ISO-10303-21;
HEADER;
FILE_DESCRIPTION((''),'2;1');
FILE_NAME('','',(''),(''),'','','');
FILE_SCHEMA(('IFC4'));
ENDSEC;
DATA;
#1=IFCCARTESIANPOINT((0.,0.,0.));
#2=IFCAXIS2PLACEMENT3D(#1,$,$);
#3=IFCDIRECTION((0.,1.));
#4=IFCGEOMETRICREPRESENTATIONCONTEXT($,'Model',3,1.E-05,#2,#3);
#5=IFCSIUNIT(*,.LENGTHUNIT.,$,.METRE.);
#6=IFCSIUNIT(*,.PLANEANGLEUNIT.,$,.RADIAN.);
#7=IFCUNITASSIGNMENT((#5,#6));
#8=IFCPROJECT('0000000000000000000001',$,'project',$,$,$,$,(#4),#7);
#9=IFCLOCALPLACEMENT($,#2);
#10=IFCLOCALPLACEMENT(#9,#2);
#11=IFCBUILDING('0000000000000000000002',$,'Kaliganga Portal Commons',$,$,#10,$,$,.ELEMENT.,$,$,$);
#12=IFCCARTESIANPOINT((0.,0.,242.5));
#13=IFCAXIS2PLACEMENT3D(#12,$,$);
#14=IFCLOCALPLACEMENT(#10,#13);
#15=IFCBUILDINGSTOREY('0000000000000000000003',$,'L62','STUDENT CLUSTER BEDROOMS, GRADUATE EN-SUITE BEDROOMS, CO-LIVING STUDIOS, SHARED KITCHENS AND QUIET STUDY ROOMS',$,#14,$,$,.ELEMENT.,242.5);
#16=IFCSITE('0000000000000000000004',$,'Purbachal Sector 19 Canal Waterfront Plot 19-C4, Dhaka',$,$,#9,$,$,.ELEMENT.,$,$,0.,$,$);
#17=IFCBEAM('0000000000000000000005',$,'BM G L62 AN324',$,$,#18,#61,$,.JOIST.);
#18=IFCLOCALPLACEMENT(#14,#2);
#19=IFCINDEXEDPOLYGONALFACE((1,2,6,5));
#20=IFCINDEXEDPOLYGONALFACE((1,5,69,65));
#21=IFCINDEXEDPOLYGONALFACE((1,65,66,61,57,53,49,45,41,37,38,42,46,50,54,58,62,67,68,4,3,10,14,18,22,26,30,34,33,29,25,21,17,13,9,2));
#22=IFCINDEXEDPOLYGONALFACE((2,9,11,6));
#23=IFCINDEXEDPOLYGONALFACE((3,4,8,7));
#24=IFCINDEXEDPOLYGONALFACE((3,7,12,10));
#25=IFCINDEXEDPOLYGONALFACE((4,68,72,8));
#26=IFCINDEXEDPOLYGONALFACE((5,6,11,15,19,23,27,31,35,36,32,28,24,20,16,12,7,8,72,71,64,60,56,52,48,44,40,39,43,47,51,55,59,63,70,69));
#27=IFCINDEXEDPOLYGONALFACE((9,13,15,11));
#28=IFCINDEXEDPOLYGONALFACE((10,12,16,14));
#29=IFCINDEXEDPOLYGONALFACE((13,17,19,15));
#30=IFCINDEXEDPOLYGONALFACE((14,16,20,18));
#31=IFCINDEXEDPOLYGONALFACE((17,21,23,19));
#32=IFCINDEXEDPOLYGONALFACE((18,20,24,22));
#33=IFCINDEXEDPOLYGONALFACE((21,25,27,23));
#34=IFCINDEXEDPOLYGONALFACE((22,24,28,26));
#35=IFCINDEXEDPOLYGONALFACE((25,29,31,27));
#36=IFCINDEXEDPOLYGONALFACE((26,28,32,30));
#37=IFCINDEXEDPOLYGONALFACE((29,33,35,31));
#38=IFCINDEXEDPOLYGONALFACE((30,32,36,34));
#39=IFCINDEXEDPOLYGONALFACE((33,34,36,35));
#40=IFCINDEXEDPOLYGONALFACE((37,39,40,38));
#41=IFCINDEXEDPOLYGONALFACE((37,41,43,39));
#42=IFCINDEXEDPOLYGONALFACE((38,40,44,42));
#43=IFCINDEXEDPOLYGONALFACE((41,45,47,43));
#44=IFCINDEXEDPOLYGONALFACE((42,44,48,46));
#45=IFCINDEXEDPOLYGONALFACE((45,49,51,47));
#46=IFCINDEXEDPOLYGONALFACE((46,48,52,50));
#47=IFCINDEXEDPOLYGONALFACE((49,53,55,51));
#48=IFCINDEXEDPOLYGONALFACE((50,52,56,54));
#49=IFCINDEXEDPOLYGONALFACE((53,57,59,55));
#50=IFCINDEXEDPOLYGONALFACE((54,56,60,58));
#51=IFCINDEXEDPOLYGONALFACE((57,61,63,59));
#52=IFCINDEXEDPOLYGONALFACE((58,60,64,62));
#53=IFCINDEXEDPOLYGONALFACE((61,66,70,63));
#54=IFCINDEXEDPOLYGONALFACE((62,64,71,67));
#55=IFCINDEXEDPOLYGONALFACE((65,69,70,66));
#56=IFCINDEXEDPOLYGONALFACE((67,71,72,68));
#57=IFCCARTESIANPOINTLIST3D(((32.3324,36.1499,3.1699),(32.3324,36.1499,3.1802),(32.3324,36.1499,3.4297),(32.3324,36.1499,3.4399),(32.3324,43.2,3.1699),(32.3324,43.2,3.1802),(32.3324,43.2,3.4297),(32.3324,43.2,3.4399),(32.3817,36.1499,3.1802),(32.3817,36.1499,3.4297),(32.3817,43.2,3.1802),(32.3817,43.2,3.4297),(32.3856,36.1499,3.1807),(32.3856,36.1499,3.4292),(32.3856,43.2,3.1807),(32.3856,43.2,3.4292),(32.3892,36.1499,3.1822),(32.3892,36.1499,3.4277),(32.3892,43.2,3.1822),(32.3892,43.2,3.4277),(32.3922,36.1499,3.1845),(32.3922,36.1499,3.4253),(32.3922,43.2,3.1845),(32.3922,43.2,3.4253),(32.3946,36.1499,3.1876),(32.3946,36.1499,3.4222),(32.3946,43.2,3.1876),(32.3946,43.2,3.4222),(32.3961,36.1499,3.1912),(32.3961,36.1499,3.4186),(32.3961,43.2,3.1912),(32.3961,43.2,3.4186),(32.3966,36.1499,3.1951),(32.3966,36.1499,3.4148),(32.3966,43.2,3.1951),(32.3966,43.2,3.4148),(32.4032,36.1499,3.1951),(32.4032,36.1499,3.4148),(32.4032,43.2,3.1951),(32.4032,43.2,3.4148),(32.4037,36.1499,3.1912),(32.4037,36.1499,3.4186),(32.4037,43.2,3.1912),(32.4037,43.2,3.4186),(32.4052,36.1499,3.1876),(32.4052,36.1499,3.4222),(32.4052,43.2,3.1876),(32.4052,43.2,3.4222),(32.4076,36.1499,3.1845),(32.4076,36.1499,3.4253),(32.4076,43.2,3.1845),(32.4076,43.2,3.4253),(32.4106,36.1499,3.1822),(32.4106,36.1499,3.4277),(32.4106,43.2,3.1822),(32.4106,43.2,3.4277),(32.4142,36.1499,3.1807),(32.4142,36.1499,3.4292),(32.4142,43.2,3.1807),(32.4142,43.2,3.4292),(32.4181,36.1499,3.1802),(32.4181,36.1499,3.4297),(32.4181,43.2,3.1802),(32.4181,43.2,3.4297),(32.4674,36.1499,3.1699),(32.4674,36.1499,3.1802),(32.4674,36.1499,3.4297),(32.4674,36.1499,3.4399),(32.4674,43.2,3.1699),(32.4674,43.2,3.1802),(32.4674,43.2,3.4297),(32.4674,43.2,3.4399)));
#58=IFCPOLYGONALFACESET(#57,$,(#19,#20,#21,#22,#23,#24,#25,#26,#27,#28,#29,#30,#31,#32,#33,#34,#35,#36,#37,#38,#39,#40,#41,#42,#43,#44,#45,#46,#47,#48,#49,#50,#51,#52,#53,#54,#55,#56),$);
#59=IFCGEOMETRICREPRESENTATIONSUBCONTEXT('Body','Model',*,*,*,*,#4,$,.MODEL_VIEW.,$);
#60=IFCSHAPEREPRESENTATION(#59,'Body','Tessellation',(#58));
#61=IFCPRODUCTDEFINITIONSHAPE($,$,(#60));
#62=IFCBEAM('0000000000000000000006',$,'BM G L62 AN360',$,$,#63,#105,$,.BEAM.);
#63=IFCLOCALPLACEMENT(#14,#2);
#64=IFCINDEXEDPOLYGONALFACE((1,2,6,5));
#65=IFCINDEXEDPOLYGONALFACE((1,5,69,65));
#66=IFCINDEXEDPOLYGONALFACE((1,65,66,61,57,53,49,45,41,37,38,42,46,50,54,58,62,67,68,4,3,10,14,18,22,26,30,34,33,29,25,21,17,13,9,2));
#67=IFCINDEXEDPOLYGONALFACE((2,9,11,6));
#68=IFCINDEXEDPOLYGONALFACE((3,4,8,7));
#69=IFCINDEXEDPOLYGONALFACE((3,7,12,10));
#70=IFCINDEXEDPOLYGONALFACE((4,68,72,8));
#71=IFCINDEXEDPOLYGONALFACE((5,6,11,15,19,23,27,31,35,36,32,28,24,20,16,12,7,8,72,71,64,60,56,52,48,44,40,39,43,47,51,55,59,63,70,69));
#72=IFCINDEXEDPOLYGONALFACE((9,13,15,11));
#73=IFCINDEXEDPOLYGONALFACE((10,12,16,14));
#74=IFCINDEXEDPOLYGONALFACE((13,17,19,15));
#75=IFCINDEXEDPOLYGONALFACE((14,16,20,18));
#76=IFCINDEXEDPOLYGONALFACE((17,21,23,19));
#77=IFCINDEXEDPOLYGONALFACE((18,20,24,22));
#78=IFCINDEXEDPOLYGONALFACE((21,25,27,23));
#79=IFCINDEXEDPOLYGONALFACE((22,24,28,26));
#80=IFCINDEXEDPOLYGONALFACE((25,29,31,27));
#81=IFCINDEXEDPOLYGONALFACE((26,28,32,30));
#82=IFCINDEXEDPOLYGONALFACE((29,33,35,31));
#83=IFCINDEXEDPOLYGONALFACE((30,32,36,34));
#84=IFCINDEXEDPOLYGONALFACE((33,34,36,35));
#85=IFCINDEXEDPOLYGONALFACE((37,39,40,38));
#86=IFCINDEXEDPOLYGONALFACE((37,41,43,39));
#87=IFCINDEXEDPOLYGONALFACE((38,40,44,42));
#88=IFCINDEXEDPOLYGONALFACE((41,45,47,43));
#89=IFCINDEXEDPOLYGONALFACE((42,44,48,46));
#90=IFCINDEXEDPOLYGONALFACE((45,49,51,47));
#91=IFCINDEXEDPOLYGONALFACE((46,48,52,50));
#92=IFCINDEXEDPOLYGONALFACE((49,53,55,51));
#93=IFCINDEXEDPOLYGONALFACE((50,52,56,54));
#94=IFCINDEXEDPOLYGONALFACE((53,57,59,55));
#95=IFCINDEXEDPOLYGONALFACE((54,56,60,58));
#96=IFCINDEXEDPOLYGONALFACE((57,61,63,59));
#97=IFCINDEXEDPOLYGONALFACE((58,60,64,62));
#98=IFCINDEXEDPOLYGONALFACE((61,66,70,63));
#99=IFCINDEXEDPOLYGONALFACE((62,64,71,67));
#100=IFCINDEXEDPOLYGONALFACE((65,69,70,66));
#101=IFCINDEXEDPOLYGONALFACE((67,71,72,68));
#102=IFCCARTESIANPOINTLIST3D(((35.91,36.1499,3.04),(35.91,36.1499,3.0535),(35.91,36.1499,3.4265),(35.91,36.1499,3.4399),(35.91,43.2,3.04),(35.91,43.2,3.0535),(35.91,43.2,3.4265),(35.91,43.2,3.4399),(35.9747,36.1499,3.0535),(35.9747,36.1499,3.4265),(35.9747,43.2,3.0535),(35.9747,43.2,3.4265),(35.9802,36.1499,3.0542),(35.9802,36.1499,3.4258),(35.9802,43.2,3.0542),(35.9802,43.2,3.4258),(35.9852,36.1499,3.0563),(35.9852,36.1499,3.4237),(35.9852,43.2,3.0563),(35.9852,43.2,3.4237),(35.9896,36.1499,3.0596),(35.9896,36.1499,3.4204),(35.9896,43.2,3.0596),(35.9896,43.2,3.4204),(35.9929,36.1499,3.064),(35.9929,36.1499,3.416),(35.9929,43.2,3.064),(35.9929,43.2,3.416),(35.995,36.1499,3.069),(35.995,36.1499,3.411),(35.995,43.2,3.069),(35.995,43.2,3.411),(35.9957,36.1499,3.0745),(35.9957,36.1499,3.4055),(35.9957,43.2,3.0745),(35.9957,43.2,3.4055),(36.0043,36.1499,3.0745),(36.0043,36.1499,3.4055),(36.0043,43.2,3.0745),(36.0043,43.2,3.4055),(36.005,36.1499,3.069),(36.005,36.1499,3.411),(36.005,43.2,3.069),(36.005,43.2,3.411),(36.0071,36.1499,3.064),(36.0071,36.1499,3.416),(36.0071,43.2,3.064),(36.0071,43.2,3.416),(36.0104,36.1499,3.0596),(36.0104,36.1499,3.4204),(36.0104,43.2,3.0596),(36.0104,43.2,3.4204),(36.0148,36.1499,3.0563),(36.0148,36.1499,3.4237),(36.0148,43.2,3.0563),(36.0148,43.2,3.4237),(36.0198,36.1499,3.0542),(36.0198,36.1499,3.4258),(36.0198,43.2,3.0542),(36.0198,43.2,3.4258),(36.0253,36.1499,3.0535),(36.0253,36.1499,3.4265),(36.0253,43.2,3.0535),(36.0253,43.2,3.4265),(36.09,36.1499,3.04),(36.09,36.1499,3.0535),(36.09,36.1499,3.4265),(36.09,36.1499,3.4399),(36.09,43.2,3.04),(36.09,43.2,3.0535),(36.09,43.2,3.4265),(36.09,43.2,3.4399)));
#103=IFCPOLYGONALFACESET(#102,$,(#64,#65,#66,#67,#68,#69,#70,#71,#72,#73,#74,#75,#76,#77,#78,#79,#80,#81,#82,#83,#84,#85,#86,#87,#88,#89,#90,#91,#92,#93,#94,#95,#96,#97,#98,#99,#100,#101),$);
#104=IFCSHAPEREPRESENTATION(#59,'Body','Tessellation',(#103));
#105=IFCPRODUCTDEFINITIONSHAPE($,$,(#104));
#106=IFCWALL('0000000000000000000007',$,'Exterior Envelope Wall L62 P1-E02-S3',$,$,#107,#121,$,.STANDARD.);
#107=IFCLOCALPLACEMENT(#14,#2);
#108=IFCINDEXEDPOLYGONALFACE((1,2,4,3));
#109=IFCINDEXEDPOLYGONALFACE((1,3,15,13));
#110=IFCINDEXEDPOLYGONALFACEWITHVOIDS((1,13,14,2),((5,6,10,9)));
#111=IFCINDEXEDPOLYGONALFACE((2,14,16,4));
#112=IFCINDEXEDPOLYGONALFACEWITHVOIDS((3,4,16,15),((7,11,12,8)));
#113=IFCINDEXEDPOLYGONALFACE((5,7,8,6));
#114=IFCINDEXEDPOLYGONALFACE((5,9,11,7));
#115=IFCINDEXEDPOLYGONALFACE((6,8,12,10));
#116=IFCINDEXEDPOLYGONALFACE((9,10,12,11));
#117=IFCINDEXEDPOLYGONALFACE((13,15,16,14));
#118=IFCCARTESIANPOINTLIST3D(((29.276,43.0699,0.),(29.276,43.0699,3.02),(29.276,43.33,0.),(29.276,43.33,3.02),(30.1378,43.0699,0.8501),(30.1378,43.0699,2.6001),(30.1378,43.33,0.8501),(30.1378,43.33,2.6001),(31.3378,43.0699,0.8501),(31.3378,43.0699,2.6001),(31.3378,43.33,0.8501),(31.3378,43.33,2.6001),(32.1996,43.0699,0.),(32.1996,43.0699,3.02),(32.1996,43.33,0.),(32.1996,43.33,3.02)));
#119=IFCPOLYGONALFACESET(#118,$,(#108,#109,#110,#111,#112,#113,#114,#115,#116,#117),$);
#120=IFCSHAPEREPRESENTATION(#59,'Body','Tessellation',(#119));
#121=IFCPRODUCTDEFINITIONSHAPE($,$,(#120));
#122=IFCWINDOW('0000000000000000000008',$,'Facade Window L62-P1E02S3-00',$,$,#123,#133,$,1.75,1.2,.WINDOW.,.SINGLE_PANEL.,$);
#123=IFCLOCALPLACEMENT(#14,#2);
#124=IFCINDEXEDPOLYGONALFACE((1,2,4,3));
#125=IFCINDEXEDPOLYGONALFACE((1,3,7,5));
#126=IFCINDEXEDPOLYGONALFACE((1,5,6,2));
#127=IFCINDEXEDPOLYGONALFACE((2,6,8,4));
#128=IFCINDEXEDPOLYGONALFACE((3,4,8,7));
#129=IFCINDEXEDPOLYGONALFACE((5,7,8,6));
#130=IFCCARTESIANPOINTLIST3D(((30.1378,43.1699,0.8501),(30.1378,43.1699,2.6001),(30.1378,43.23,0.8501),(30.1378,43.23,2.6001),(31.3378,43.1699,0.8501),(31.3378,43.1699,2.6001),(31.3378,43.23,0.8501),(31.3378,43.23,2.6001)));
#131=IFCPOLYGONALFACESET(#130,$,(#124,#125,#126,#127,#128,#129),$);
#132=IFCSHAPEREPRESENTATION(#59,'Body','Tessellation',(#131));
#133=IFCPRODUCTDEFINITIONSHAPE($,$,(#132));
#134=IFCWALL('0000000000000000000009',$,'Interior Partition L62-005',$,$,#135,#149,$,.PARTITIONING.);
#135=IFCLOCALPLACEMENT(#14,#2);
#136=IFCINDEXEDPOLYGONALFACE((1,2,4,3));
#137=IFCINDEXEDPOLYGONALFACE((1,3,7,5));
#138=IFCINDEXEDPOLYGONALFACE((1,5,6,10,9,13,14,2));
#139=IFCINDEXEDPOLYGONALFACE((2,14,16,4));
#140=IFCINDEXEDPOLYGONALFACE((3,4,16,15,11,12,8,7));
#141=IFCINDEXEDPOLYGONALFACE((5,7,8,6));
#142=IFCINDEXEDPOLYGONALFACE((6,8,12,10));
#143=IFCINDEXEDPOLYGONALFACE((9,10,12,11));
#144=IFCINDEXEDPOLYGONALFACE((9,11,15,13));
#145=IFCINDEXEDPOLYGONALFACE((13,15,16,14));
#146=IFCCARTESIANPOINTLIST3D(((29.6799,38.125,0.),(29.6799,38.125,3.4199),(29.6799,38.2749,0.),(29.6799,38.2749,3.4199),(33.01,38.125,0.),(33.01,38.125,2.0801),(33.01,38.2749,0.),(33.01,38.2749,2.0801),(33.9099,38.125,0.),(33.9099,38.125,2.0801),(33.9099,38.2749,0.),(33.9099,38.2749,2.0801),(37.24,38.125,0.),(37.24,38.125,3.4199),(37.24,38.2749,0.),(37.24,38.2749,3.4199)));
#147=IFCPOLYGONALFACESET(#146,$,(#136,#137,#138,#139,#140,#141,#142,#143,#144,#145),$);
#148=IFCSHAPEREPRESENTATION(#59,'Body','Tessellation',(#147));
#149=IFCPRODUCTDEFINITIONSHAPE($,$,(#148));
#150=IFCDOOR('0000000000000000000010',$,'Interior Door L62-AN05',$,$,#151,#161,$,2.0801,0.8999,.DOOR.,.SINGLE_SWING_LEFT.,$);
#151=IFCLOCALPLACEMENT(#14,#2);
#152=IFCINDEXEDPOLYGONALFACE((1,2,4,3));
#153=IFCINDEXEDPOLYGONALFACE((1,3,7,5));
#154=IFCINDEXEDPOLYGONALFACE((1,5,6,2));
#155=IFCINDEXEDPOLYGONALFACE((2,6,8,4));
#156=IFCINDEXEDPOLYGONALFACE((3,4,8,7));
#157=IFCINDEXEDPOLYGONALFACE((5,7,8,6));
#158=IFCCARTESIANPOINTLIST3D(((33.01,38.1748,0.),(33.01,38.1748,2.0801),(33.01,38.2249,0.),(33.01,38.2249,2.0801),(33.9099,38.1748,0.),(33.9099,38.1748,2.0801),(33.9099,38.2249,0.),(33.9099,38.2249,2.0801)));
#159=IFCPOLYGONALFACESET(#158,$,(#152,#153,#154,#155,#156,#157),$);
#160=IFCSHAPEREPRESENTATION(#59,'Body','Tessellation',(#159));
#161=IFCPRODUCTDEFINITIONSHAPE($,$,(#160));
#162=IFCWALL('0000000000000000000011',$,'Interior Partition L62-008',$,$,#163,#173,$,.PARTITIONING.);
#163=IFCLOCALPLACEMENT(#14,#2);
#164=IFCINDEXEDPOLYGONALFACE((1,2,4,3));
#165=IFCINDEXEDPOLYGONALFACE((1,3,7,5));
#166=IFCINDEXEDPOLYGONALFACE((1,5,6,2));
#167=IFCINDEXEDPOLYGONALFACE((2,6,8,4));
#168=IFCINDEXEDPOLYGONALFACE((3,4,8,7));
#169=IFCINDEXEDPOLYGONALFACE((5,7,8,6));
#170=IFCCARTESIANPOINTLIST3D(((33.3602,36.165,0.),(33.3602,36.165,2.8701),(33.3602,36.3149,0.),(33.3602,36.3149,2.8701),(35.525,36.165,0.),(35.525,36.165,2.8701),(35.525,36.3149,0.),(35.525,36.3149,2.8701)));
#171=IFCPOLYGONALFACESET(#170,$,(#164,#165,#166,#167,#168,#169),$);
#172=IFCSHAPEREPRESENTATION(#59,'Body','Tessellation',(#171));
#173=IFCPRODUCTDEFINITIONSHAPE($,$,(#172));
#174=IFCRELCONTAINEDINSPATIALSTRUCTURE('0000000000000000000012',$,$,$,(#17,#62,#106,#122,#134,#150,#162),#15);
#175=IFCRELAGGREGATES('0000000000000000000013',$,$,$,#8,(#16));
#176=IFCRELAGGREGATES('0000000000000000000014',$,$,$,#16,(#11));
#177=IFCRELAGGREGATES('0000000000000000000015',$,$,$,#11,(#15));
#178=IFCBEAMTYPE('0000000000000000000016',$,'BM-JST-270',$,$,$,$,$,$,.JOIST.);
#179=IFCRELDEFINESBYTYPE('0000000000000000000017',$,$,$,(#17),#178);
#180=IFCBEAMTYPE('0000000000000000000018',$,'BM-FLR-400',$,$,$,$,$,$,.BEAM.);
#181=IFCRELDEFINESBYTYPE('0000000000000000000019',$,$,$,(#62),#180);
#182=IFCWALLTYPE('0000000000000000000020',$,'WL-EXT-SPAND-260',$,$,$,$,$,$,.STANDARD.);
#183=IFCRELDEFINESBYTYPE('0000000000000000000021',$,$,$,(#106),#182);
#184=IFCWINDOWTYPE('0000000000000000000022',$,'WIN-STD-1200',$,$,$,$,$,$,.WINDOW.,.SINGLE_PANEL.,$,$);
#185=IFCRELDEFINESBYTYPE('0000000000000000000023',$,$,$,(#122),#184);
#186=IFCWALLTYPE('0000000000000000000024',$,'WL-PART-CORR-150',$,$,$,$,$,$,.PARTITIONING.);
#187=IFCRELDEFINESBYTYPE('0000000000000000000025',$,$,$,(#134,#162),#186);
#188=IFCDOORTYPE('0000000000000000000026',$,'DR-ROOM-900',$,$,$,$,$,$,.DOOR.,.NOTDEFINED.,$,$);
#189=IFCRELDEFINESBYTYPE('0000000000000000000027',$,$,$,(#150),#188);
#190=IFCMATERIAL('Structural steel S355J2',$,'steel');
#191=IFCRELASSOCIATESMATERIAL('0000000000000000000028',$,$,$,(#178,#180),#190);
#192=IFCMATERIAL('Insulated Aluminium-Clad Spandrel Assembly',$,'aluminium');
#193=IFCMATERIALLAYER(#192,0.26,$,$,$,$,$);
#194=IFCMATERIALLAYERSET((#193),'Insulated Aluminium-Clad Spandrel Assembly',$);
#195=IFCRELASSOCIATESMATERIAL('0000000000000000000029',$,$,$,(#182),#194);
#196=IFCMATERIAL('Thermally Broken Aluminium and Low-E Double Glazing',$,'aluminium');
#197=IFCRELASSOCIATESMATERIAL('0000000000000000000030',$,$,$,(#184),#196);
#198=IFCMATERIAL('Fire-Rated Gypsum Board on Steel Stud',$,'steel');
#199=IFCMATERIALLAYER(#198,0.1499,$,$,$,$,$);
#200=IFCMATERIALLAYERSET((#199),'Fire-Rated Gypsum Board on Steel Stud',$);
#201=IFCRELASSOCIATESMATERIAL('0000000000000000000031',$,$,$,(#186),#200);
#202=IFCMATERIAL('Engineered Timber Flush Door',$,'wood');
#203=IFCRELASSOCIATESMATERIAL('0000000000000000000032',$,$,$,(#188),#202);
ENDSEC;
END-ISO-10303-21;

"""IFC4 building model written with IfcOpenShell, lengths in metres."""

from ifc_helpers import new_model, si_unit, direction, frame, frame_2d, origin, origin_2d, place, context, subcontext, project, spatial, rectangle, i_section, extrude, source, transform, mapped, material, layer, layer_set, material_profile, profile_set, type_object, element, fill, save


model = new_model("IFC4")

# Units and contexts
model_context = context("Model", 3, precision=1e-05, world=origin(), true_north=direction((0.0, 1.0)))
body_context = subcontext(model_context, "Body", "Model", "MODEL_VIEW")
ifc_project = project(units=[si_unit("LENGTHUNIT", "METRE"), si_unit("PLANEANGLEUNIT", "RADIAN")], contexts=[model_context])

# Site, building, storey
site_placement = place(None, origin())
site = spatial("IfcSite", under=ifc_project, at=site_placement, Name="Purbachal Sector 19 Canal Waterfront Plot 19-C4, Dhaka", CompositionType="ELEMENT", RefElevation=0.0)
building_placement = place(site_placement, origin())
building = spatial("IfcBuilding", under=site, at=building_placement, Name="Kaliganga Portal Commons", CompositionType="ELEMENT")
storey_placement = place(building_placement, frame((0.0, 0.0, 242.5)))
storey = spatial("IfcBuildingStorey", under=building, at=storey_placement, Name="L62", Description="STUDENT CLUSTER BEDROOMS, GRADUATE EN-SUITE BEDROOMS, CO-LIVING STUDIOS, SHARED KITCHENS AND QUIET STUDY ROOMS", CompositionType="ELEMENT", Elevation=242.5)

# Shared definitions
ifc_material_1 = material(Name="Structural steel S355J2", Category="steel")

# Beams
ifc_material_profile_1 = material_profile(ifc_material_1, i_section(OverallWidth=0.135, OverallDepth=0.27, WebThickness=0.0066, FlangeThickness=0.0103, FilletRadius=0.0149, at=origin_2d()), Name="IPE 270")
ifc_profile_set_1 = profile_set([ifc_material_profile_1], Name="Structural steel S355J2 wide-flange")
beam_type_1 = type_object("IfcBeamType", Name="BM-JST-270", PredefinedType="JOIST", material=ifc_profile_set_1)
shared_shape_1 = source(origin(), body_context, "Body", "SweptSolid", [
    extrude(i_section(OverallWidth=0.135, OverallDepth=0.27, WebThickness=0.0066, FlangeThickness=0.0103, FilletRadius=0.0149, at=origin_2d()), origin(), (0.0, 0.0, 1.0), 7.05),
])
beam_1_placement = place(storey_placement, frame((32.3999, 36.1499, 3.3049), z_axis=(0.0, 1.0, 0.0), x_axis=(-1.0, 0.0, 0.0)))
element("IfcBeam", 1, at=beam_1_placement, inside=storey, type_object=beam_type_1, Name="BM G L62 AN324", PredefinedType="JOIST", context=body_context, shape_type="MappedRepresentation", body=[
    mapped(shared_shape_1, transform((0.0, 0.0, 0.0), x_axis=(1.0, 0.0, 0.0), y_axis=(0.0, 1.0, 0.0), z_axis=(0.0, 0.0, 1.0), scale=1.0)),
])
ifc_material_profile_2 = material_profile(ifc_material_1, i_section(OverallWidth=0.1799, OverallDepth=0.3999, WebThickness=0.0085, FlangeThickness=0.0134, FilletRadius=0.021, at=origin_2d()), Name="IPE 400")
ifc_profile_set_2 = profile_set([ifc_material_profile_2], Name="Structural steel S355J2 wide-flange")
beam_type_2 = type_object("IfcBeamType", Name="BM-FLR-400", PredefinedType="BEAM", material=ifc_profile_set_2)
shared_shape_2 = source(origin(), body_context, "Body", "SweptSolid", [
    extrude(i_section(OverallWidth=0.1799, OverallDepth=0.3999, WebThickness=0.0085, FlangeThickness=0.0134, FilletRadius=0.021, at=origin_2d()), origin(), (0.0, 0.0, 1.0), 7.05),
])
beam_2_placement = place(storey_placement, frame((36.0, 36.1499, 3.24), z_axis=(0.0, 1.0, 0.0), x_axis=(-1.0, 0.0, 0.0)))
element("IfcBeam", 2, at=beam_2_placement, inside=storey, type_object=beam_type_2, Name="BM G L62 AN360", PredefinedType="BEAM", context=body_context, shape_type="MappedRepresentation", body=[
    mapped(shared_shape_2, transform((0.0, 0.0, 0.0), x_axis=(1.0, 0.0, 0.0), y_axis=(0.0, 1.0, 0.0), z_axis=(0.0, 0.0, 1.0), scale=1.0)),
])

# Shared definitions
ifc_material_2 = material(Name="Insulated Aluminium-Clad Spandrel Assembly", Category="aluminium")
ifc_layer_1 = layer(ifc_material_2, 0.26)
ifc_layer_set_1 = layer_set([ifc_layer_1], Name="Insulated Aluminium-Clad Spandrel Assembly")
wall_type_1 = type_object("IfcWallType", Name="WL-EXT-SPAND-260", PredefinedType="STANDARD", material=ifc_layer_set_1)

# Wall, opening, window
wall_1_placement = place(storey_placement, frame((29.2759, 43.2, 0.0), z_axis=(0.0, 0.0, 1.0), x_axis=(1.0, 0.0, 0.0)))
wall_1 = element("IfcWall", 3, at=wall_1_placement, inside=storey, type_object=wall_type_1, Name="Exterior Envelope Wall L62 P1-E02-S3", PredefinedType="STANDARD", context=body_context, shape_type="SweptSolid", body=[
    extrude(rectangle(XDim=2.9236, YDim=0.26, at=frame_2d((1.4619, 0.0))), origin(), (0.0, 0.0, 1.0), 3.02),
])
opening_1_placement = place(wall_1_placement, frame((0.8618, 0.0, 0.8501)))
opening_1 = element("IfcOpeningElement", 4, at=opening_1_placement, cuts=wall_1, PredefinedType="OPENING", context=body_context, shape_type="SweptSolid", body=[
    extrude(rectangle(XDim=1.2, YDim=1.75, at=frame_2d((0.6001, 0.875))), frame((0.0, 0.1401, 0.0), z_axis=(0.0, -1.0, 0.0), x_axis=(1.0, 0.0, 0.0)), (0.0, 0.0, 1.0), 0.28),
])
ifc_material_3 = material(Name="Thermally Broken Aluminium and Low-E Double Glazing", Category="aluminium")
window_type = type_object("IfcWindowType", Name="WIN-STD-1200", PartitioningType="SINGLE_PANEL", PredefinedType="WINDOW", material=ifc_material_3)
window_placement = place(opening_1_placement, origin())
window = element("IfcWindow", 5, at=window_placement, inside=storey, type_object=window_type, Name="Facade Window L62-P1E02S3-00", OverallHeight=1.75, OverallWidth=1.2, PartitioningType="SINGLE_PANEL", PredefinedType="WINDOW", context=body_context, shape_type="SweptSolid", body=[
    extrude(rectangle(XDim=1.2, YDim=1.75, at=frame_2d((0.6001, 0.875))), frame((0.0, 0.03, 0.0), z_axis=(0.0, -1.0, 0.0), x_axis=(1.0, 0.0, 0.0)), (0.0, 0.0, 1.0), 0.0601),
])
fill(opening_1, window)

# Wall, opening, door
ifc_material_4 = material(Name="Fire-Rated Gypsum Board on Steel Stud", Category="steel")
ifc_layer_2 = layer(ifc_material_4, 0.1499)
ifc_layer_set_2 = layer_set([ifc_layer_2], Name="Fire-Rated Gypsum Board on Steel Stud")
wall_type_2 = type_object("IfcWallType", Name="WL-PART-CORR-150", PredefinedType="PARTITIONING", material=ifc_layer_set_2)
wall_2_placement = place(storey_placement, frame((29.6799, 38.2, 0.0), z_axis=(0.0, 0.0, 1.0), x_axis=(1.0, 0.0, 0.0)))
wall_2 = element("IfcWall", 6, at=wall_2_placement, inside=storey, type_object=wall_type_2, Name="Interior Partition L62-005", PredefinedType="PARTITIONING", context=body_context, shape_type="SweptSolid", body=[
    extrude(rectangle(XDim=7.5601, YDim=0.1499, at=frame_2d((3.78, 0.0))), origin(), (0.0, 0.0, 1.0), 3.4199),
])
opening_2_placement = place(wall_2_placement, frame((3.3301, 0.0, 0.0)))
opening_2 = element("IfcOpeningElement", 7, at=opening_2_placement, cuts=wall_2, PredefinedType="OPENING", context=body_context, shape_type="SweptSolid", body=[
    extrude(rectangle(XDim=0.8999, YDim=2.0801, at=frame_2d((0.45, 1.04))), frame((0.0, 0.085, 0.0), z_axis=(0.0, -1.0, 0.0), x_axis=(1.0, 0.0, 0.0)), (0.0, 0.0, 1.0), 0.1699),
])
ifc_material_5 = material(Name="Engineered Timber Flush Door", Category="wood")
door_type_1 = type_object("IfcDoorType", Name="DR-ROOM-900", OperationType="NOTDEFINED", PredefinedType="DOOR", material=ifc_material_5)
door_1_placement = place(opening_2_placement, origin())
door_1 = element("IfcDoor", 8, at=door_1_placement, inside=storey, type_object=door_type_1, Name="Interior Door L62-AN05", OperationType="SINGLE_SWING_LEFT", OverallHeight=2.0801, OverallWidth=0.8999, PredefinedType="DOOR", context=body_context, shape_type="SweptSolid", body=[
    extrude(rectangle(XDim=0.8999, YDim=2.0801, at=frame_2d((0.45, 1.04))), frame((0.0, 0.0249, 0.0), z_axis=(0.0, -1.0, 0.0), x_axis=(1.0, 0.0, 0.0)), (0.0, 0.0, 1.0), 0.05),
])
fill(opening_2, door_1)

# Wall
wall_3_placement = place(storey_placement, frame((33.3601, 36.24, 0.0), z_axis=(0.0, 0.0, 1.0), x_axis=(1.0, 0.0, 0.0)))
element("IfcWall", 9, at=wall_3_placement, inside=storey, type_object=wall_type_2, Name="Interior Partition L62-008", PredefinedType="PARTITIONING", context=body_context, shape_type="SweptSolid", body=[
    extrude(rectangle(XDim=2.1648, YDim=0.1499, at=frame_2d((1.0825, 0.0))), origin(), (0.0, 0.0, 1.0), 2.8701),
])

save(model, "model.ifc")
